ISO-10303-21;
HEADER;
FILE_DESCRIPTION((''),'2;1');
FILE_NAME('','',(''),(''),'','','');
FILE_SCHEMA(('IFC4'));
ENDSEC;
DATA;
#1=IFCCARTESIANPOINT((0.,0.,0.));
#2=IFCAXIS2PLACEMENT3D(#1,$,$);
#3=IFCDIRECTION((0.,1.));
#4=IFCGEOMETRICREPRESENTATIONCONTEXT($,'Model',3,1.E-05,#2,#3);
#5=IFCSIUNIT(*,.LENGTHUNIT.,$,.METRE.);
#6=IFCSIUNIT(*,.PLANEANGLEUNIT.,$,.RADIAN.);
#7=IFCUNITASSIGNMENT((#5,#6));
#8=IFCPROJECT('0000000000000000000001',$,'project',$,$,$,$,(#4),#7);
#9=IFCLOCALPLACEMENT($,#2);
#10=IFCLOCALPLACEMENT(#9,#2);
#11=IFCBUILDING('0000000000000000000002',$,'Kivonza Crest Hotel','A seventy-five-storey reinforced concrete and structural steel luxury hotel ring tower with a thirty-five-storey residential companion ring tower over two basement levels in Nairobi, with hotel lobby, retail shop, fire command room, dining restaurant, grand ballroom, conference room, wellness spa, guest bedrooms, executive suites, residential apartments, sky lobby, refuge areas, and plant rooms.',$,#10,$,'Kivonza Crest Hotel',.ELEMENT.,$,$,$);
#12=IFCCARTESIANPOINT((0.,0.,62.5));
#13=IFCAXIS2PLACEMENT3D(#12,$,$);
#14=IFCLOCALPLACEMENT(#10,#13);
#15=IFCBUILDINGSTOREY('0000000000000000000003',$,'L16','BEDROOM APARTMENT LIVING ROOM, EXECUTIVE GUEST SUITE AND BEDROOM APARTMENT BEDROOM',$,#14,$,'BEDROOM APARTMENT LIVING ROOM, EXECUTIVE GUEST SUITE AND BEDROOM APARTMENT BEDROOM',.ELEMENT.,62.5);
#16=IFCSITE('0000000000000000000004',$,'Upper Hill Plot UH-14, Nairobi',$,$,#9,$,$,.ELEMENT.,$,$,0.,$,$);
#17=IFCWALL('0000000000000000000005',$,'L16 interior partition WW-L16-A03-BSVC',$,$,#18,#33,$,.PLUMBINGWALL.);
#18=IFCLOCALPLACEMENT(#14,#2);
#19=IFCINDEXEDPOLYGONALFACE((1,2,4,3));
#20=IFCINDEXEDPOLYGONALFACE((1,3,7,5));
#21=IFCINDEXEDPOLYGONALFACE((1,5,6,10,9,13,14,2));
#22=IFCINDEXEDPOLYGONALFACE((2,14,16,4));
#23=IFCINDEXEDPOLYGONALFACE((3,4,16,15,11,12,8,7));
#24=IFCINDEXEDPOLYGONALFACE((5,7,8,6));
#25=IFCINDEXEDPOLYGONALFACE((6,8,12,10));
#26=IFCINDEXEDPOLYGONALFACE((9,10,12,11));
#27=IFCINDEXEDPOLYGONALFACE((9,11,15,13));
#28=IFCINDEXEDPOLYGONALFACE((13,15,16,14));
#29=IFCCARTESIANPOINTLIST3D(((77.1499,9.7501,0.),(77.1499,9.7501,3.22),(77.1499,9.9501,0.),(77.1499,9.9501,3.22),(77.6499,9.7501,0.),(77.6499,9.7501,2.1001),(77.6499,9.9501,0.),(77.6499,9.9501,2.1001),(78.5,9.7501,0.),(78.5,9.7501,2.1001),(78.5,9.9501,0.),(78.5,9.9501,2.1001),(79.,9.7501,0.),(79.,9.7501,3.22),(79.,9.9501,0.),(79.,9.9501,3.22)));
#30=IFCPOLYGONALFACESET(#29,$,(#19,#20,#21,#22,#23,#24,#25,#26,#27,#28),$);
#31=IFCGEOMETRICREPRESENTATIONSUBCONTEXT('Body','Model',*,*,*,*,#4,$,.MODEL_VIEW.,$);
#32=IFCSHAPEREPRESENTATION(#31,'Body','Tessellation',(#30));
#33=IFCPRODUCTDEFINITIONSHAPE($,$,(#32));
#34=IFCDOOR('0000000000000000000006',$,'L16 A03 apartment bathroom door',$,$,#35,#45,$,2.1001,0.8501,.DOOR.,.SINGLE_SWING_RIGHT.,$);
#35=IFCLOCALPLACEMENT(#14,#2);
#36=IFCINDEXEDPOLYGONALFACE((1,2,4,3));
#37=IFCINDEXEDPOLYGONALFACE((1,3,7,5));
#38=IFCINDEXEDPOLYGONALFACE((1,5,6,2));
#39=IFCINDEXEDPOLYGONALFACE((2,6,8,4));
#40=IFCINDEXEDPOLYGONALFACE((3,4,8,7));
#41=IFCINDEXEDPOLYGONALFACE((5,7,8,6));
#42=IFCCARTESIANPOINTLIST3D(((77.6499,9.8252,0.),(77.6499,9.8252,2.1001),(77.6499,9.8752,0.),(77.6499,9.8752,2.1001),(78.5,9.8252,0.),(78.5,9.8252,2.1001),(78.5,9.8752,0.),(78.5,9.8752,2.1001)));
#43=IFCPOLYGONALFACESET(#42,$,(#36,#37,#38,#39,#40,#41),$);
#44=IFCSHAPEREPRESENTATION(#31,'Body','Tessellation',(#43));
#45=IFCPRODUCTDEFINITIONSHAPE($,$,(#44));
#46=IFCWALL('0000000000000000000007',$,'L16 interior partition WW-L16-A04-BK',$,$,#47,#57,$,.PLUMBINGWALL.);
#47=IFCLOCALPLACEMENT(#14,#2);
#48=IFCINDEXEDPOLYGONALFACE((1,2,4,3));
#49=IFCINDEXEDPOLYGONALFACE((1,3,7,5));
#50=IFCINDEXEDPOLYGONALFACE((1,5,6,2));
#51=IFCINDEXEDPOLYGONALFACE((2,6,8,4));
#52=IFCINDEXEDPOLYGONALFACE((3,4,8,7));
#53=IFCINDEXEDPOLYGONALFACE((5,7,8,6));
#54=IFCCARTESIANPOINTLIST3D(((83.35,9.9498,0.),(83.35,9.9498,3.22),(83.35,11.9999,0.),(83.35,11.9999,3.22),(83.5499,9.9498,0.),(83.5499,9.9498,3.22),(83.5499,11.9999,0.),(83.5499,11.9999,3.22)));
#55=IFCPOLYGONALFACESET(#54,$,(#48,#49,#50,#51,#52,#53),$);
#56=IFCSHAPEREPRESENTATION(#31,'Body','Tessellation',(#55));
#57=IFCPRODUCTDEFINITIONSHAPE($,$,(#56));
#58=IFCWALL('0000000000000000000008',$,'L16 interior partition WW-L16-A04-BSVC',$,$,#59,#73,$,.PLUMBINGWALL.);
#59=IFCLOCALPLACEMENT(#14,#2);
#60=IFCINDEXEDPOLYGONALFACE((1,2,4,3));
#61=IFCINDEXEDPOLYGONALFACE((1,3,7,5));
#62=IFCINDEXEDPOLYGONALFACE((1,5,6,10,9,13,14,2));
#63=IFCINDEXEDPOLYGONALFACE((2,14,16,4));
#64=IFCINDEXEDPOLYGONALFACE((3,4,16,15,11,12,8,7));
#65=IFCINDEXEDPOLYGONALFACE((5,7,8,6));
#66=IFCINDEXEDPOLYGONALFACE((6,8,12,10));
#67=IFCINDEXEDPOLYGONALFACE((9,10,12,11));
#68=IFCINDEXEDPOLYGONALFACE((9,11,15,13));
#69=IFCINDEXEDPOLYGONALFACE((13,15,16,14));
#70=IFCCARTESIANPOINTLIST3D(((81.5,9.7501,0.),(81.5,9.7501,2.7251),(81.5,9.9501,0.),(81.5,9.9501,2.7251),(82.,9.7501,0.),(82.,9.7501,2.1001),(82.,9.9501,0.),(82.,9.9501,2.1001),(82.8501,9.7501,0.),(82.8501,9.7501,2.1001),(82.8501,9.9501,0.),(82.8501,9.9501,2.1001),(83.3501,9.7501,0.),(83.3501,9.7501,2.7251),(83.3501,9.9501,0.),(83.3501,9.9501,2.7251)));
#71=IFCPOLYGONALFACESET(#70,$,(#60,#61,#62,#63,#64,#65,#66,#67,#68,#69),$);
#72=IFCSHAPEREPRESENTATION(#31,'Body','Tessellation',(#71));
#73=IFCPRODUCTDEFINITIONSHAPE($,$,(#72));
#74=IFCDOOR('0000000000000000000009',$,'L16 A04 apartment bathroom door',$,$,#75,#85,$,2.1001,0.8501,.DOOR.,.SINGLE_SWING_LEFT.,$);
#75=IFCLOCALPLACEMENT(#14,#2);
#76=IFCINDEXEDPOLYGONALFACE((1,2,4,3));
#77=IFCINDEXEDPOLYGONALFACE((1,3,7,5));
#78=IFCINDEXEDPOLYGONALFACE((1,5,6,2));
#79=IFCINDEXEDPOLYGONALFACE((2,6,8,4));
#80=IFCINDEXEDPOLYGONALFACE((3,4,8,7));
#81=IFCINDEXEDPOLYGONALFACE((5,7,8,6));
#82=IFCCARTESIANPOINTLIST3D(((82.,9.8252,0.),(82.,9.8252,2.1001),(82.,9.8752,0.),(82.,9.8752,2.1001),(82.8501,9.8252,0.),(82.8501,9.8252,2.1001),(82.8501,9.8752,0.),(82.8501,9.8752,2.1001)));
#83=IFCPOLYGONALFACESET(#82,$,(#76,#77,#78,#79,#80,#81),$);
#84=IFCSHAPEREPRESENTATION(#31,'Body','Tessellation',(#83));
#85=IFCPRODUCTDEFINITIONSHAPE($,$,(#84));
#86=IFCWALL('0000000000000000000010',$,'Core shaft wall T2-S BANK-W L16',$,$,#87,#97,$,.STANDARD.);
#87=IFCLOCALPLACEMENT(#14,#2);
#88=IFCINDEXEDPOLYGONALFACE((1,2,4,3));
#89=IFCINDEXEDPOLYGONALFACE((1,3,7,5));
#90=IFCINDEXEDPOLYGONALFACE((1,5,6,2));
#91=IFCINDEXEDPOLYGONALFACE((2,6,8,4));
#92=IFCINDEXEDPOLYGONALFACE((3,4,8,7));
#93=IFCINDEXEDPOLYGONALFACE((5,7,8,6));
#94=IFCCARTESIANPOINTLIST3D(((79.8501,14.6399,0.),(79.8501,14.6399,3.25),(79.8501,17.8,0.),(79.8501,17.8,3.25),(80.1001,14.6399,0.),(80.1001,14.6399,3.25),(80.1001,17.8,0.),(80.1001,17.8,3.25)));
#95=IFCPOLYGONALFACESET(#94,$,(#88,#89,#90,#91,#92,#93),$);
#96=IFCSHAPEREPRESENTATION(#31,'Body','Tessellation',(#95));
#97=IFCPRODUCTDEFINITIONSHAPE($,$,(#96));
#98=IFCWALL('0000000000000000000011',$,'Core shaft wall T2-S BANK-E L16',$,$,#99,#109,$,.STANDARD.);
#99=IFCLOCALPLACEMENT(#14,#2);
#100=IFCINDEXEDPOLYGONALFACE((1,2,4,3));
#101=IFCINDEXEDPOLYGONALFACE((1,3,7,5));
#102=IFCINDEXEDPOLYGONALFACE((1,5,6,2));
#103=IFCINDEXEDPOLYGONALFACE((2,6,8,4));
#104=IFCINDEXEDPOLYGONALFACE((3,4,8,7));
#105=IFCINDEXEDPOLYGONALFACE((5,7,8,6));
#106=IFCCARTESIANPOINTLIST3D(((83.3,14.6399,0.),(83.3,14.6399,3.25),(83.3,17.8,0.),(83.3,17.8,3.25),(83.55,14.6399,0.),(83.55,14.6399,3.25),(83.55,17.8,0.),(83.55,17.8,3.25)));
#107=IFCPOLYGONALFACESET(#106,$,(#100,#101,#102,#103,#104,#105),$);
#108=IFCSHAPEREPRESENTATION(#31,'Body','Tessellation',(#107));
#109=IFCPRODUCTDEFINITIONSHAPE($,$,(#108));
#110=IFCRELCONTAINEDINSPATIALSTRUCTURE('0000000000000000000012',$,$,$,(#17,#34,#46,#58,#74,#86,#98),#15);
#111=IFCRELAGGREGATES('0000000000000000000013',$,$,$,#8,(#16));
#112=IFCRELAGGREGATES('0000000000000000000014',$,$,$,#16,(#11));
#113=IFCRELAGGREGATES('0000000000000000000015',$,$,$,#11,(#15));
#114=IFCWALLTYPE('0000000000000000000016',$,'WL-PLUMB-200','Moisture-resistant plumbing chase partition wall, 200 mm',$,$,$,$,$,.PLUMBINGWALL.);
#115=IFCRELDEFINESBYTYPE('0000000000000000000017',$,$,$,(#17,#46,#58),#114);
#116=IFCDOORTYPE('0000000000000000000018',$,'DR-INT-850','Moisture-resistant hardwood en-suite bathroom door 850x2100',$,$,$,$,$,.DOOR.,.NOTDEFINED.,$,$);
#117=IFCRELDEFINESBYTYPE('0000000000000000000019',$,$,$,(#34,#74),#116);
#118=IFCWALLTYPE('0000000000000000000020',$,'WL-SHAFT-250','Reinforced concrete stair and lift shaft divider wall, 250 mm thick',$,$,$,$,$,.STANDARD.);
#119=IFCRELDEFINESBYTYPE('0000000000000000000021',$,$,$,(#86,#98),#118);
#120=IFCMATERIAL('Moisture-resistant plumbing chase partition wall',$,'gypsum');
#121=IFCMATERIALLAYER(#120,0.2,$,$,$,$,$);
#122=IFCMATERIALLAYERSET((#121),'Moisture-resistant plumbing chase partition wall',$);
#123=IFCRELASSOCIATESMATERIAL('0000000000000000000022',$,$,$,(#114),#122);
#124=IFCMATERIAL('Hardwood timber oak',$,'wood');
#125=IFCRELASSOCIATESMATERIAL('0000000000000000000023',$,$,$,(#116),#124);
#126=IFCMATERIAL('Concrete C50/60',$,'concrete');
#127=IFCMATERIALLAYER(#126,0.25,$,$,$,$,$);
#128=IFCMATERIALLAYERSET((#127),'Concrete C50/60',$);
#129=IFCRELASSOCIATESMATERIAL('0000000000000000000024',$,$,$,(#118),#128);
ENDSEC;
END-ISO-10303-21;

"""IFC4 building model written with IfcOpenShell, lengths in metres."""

from ifc_helpers import new_model, si_unit, direction, frame, frame_2d, origin, place, context, subcontext, project, spatial, rectangle, extrude, material, layer, layer_set, type_object, element, fill, save


model = new_model("IFC4")

# Units and contexts
model_context = context("Model", 3, precision=1e-05, world=origin(), true_north=direction((0.0, 1.0)))
body_context = subcontext(model_context, "Body", "Model", "MODEL_VIEW")
ifc_project = project(units=[si_unit("LENGTHUNIT", "METRE"), si_unit("PLANEANGLEUNIT", "RADIAN")], contexts=[model_context])

# Site, building, storey
site_placement = place(None, origin())
site = spatial("IfcSite", under=ifc_project, at=site_placement, Name="Upper Hill Plot UH-14, Nairobi", CompositionType="ELEMENT", RefElevation=0.0)
building_placement = place(site_placement, origin())
building = spatial("IfcBuilding", under=site, at=building_placement, Name="Kivonza Crest Hotel", Description="A seventy-five-storey reinforced concrete and structural steel luxury hotel ring tower with a thirty-five-storey residential companion ring tower over two basement levels in Nairobi, with hotel lobby, retail shop, fire command room, dining restaurant, grand ballroom, conference room, wellness spa, guest bedrooms, executive suites, residential apartments, sky lobby, refuge areas, and plant rooms.", LongName="Kivonza Crest Hotel", CompositionType="ELEMENT")
storey_placement = place(building_placement, frame((0.0, 0.0, 62.5)))
storey = spatial("IfcBuildingStorey", under=building, at=storey_placement, Name="L16", Description="BEDROOM APARTMENT LIVING ROOM, EXECUTIVE GUEST SUITE AND BEDROOM APARTMENT BEDROOM", LongName="BEDROOM APARTMENT LIVING ROOM, EXECUTIVE GUEST SUITE AND BEDROOM APARTMENT BEDROOM", CompositionType="ELEMENT", Elevation=62.5)

# Shared definitions
ifc_material_1 = material(Name="Hardwood timber oak", Category="wood")

# Shared definitions
ifc_material_2 = material(Name="Moisture-resistant plumbing chase partition wall", Category="gypsum")
ifc_layer_1 = layer(ifc_material_2, 0.2)
ifc_layer_set_1 = layer_set([ifc_layer_1], Name="Moisture-resistant plumbing chase partition wall")
wall_type_1 = type_object("IfcWallType", Name="WL-PLUMB-200", Description="Moisture-resistant plumbing chase partition wall, 200 mm", PredefinedType="PLUMBINGWALL", material=ifc_layer_set_1)

# Wall, opening, door
wall_1_placement = place(storey_placement, frame((77.1499, 9.8501, 0.0), z_axis=(0.0, 0.0, 1.0), x_axis=(1.0, 0.0, 0.0)))
wall_1 = element("IfcWall", 1, at=wall_1_placement, inside=storey, type_object=wall_type_1, Name="L16 interior partition WW-L16-A03-BSVC", PredefinedType="PLUMBINGWALL", context=body_context, shape_type="SweptSolid", body=[
    extrude(rectangle(XDim=1.8501, YDim=0.2, at=frame_2d((0.925, 0.0))), origin(), (0.0, 0.0, 1.0), 3.22),
])
opening_1_placement = place(wall_1_placement, frame((0.5, 0.0, 0.0)))
opening_1 = element("IfcOpeningElement", 2, at=opening_1_placement, cuts=wall_1, PredefinedType="OPENING", context=body_context, shape_type="SweptSolid", body=[
    extrude(rectangle(XDim=0.8501, YDim=2.1001, at=frame_2d((0.425, 1.05))), frame((0.0, 0.1099, 0.0), z_axis=(0.0, -1.0, 0.0), x_axis=(1.0, 0.0, 0.0)), (0.0, 0.0, 1.0), 0.22),
])
door_type_1 = type_object("IfcDoorType", Name="DR-INT-850", Description="Moisture-resistant hardwood en-suite bathroom door 850x2100", OperationType="NOTDEFINED", PredefinedType="DOOR", material=ifc_material_1)
door_1_placement = place(opening_1_placement, frame((0.8501, 0.0, 0.0), z_axis=(0.0, 0.0, 1.0), x_axis=(-1.0, 0.0, 0.0)))
door_1 = element("IfcDoor", 3, at=door_1_placement, inside=storey, type_object=door_type_1, Name="L16 A03 apartment bathroom door", OperationType="SINGLE_SWING_RIGHT", OverallHeight=2.1001, OverallWidth=0.8501, PredefinedType="DOOR", context=body_context, shape_type="SweptSolid", body=[
    extrude(rectangle(XDim=0.8501, YDim=2.1001, at=frame_2d((0.425, 1.05))), frame((0.0, 0.0249, 0.0), z_axis=(0.0, -1.0, 0.0), x_axis=(1.0, 0.0, 0.0)), (0.0, 0.0, 1.0), 0.05),
])
fill(opening_1, door_1)

# Wall
wall_2_placement = place(storey_placement, frame((83.45, 9.95, 0.0), z_axis=(0.0, 0.0, 1.0), x_axis=(0.0, 1.0, 0.0)))
element("IfcWall", 4, at=wall_2_placement, inside=storey, type_object=wall_type_1, Name="L16 interior partition WW-L16-A04-BK", PredefinedType="PLUMBINGWALL", context=body_context, shape_type="SweptSolid", body=[
    extrude(rectangle(XDim=2.05, YDim=0.2, at=frame_2d((1.0249, 0.0))), origin(), (0.0, 0.0, 1.0), 3.22),
])

# Wall, opening, door
wall_3_placement = place(storey_placement, frame((81.5, 9.8501, 0.0), z_axis=(0.0, 0.0, 1.0), x_axis=(1.0, 0.0, 0.0)))
wall_3 = element("IfcWall", 5, at=wall_3_placement, inside=storey, type_object=wall_type_1, Name="L16 interior partition WW-L16-A04-BSVC", PredefinedType="PLUMBINGWALL", context=body_context, shape_type="SweptSolid", body=[
    extrude(rectangle(XDim=1.8501, YDim=0.2, at=frame_2d((0.925, 0.0))), origin(), (0.0, 0.0, 1.0), 2.7251),
])
opening_2_placement = place(wall_3_placement, frame((0.5, 0.0, 0.0)))
opening_2 = element("IfcOpeningElement", 6, at=opening_2_placement, cuts=wall_3, PredefinedType="OPENING", context=body_context, shape_type="SweptSolid", body=[
    extrude(rectangle(XDim=0.8501, YDim=2.1001, at=frame_2d((0.425, 1.05))), frame((0.0, 0.1099, 0.0), z_axis=(0.0, -1.0, 0.0), x_axis=(1.0, 0.0, 0.0)), (0.0, 0.0, 1.0), 0.22),
])
door_2_placement = place(opening_2_placement, frame((0.8501, 0.0, 0.0), z_axis=(0.0, 0.0, 1.0), x_axis=(-1.0, 0.0, 0.0)))
door_2 = element("IfcDoor", 7, at=door_2_placement, inside=storey, type_object=door_type_1, Name="L16 A04 apartment bathroom door", OperationType="SINGLE_SWING_LEFT", OverallHeight=2.1001, OverallWidth=0.8501, PredefinedType="DOOR", context=body_context, shape_type="SweptSolid", body=[
    extrude(rectangle(XDim=0.8501, YDim=2.1001, at=frame_2d((0.425, 1.05))), frame((0.0, 0.0249, 0.0), z_axis=(0.0, -1.0, 0.0), x_axis=(1.0, 0.0, 0.0)), (0.0, 0.0, 1.0), 0.05),
])
fill(opening_2, door_2)
ifc_material_3 = material(Name="Concrete C50/60", Category="concrete")
ifc_layer_2 = layer(ifc_material_3, 0.25)
ifc_layer_set_2 = layer_set([ifc_layer_2], Name="Concrete C50/60")
wall_type_2 = type_object("IfcWallType", Name="WL-SHAFT-250", Description="Reinforced concrete stair and lift shaft divider wall, 250 mm thick", PredefinedType="STANDARD", material=ifc_layer_set_2)

# Walls
for number, where, z_axis, x_axis, name in (
    (8, (79.9751, 14.6399, 0.0), (0.0, 0.0, 1.0), (0.0, 1.0, 0.0), "Core shaft wall T2-S BANK-W L16"),
    (9, (83.425, 14.6399, 0.0), (0.0, 0.0, 1.0), (0.0, 1.0, 0.0), "Core shaft wall T2-S BANK-E L16"),
):
    element("IfcWall", number, at=place(storey_placement, frame(where, z_axis=z_axis, x_axis=x_axis)), inside=storey, type_object=wall_type_2, Name=name, PredefinedType="STANDARD", context=body_context, shape_type="SweptSolid", body=[
        extrude(rectangle(XDim=3.1602, YDim=0.25, at=frame_2d((1.5801, 0.0))), origin(), (0.0, 0.0, 1.0), 3.25),
    ])

save(model, "model.ifc")
